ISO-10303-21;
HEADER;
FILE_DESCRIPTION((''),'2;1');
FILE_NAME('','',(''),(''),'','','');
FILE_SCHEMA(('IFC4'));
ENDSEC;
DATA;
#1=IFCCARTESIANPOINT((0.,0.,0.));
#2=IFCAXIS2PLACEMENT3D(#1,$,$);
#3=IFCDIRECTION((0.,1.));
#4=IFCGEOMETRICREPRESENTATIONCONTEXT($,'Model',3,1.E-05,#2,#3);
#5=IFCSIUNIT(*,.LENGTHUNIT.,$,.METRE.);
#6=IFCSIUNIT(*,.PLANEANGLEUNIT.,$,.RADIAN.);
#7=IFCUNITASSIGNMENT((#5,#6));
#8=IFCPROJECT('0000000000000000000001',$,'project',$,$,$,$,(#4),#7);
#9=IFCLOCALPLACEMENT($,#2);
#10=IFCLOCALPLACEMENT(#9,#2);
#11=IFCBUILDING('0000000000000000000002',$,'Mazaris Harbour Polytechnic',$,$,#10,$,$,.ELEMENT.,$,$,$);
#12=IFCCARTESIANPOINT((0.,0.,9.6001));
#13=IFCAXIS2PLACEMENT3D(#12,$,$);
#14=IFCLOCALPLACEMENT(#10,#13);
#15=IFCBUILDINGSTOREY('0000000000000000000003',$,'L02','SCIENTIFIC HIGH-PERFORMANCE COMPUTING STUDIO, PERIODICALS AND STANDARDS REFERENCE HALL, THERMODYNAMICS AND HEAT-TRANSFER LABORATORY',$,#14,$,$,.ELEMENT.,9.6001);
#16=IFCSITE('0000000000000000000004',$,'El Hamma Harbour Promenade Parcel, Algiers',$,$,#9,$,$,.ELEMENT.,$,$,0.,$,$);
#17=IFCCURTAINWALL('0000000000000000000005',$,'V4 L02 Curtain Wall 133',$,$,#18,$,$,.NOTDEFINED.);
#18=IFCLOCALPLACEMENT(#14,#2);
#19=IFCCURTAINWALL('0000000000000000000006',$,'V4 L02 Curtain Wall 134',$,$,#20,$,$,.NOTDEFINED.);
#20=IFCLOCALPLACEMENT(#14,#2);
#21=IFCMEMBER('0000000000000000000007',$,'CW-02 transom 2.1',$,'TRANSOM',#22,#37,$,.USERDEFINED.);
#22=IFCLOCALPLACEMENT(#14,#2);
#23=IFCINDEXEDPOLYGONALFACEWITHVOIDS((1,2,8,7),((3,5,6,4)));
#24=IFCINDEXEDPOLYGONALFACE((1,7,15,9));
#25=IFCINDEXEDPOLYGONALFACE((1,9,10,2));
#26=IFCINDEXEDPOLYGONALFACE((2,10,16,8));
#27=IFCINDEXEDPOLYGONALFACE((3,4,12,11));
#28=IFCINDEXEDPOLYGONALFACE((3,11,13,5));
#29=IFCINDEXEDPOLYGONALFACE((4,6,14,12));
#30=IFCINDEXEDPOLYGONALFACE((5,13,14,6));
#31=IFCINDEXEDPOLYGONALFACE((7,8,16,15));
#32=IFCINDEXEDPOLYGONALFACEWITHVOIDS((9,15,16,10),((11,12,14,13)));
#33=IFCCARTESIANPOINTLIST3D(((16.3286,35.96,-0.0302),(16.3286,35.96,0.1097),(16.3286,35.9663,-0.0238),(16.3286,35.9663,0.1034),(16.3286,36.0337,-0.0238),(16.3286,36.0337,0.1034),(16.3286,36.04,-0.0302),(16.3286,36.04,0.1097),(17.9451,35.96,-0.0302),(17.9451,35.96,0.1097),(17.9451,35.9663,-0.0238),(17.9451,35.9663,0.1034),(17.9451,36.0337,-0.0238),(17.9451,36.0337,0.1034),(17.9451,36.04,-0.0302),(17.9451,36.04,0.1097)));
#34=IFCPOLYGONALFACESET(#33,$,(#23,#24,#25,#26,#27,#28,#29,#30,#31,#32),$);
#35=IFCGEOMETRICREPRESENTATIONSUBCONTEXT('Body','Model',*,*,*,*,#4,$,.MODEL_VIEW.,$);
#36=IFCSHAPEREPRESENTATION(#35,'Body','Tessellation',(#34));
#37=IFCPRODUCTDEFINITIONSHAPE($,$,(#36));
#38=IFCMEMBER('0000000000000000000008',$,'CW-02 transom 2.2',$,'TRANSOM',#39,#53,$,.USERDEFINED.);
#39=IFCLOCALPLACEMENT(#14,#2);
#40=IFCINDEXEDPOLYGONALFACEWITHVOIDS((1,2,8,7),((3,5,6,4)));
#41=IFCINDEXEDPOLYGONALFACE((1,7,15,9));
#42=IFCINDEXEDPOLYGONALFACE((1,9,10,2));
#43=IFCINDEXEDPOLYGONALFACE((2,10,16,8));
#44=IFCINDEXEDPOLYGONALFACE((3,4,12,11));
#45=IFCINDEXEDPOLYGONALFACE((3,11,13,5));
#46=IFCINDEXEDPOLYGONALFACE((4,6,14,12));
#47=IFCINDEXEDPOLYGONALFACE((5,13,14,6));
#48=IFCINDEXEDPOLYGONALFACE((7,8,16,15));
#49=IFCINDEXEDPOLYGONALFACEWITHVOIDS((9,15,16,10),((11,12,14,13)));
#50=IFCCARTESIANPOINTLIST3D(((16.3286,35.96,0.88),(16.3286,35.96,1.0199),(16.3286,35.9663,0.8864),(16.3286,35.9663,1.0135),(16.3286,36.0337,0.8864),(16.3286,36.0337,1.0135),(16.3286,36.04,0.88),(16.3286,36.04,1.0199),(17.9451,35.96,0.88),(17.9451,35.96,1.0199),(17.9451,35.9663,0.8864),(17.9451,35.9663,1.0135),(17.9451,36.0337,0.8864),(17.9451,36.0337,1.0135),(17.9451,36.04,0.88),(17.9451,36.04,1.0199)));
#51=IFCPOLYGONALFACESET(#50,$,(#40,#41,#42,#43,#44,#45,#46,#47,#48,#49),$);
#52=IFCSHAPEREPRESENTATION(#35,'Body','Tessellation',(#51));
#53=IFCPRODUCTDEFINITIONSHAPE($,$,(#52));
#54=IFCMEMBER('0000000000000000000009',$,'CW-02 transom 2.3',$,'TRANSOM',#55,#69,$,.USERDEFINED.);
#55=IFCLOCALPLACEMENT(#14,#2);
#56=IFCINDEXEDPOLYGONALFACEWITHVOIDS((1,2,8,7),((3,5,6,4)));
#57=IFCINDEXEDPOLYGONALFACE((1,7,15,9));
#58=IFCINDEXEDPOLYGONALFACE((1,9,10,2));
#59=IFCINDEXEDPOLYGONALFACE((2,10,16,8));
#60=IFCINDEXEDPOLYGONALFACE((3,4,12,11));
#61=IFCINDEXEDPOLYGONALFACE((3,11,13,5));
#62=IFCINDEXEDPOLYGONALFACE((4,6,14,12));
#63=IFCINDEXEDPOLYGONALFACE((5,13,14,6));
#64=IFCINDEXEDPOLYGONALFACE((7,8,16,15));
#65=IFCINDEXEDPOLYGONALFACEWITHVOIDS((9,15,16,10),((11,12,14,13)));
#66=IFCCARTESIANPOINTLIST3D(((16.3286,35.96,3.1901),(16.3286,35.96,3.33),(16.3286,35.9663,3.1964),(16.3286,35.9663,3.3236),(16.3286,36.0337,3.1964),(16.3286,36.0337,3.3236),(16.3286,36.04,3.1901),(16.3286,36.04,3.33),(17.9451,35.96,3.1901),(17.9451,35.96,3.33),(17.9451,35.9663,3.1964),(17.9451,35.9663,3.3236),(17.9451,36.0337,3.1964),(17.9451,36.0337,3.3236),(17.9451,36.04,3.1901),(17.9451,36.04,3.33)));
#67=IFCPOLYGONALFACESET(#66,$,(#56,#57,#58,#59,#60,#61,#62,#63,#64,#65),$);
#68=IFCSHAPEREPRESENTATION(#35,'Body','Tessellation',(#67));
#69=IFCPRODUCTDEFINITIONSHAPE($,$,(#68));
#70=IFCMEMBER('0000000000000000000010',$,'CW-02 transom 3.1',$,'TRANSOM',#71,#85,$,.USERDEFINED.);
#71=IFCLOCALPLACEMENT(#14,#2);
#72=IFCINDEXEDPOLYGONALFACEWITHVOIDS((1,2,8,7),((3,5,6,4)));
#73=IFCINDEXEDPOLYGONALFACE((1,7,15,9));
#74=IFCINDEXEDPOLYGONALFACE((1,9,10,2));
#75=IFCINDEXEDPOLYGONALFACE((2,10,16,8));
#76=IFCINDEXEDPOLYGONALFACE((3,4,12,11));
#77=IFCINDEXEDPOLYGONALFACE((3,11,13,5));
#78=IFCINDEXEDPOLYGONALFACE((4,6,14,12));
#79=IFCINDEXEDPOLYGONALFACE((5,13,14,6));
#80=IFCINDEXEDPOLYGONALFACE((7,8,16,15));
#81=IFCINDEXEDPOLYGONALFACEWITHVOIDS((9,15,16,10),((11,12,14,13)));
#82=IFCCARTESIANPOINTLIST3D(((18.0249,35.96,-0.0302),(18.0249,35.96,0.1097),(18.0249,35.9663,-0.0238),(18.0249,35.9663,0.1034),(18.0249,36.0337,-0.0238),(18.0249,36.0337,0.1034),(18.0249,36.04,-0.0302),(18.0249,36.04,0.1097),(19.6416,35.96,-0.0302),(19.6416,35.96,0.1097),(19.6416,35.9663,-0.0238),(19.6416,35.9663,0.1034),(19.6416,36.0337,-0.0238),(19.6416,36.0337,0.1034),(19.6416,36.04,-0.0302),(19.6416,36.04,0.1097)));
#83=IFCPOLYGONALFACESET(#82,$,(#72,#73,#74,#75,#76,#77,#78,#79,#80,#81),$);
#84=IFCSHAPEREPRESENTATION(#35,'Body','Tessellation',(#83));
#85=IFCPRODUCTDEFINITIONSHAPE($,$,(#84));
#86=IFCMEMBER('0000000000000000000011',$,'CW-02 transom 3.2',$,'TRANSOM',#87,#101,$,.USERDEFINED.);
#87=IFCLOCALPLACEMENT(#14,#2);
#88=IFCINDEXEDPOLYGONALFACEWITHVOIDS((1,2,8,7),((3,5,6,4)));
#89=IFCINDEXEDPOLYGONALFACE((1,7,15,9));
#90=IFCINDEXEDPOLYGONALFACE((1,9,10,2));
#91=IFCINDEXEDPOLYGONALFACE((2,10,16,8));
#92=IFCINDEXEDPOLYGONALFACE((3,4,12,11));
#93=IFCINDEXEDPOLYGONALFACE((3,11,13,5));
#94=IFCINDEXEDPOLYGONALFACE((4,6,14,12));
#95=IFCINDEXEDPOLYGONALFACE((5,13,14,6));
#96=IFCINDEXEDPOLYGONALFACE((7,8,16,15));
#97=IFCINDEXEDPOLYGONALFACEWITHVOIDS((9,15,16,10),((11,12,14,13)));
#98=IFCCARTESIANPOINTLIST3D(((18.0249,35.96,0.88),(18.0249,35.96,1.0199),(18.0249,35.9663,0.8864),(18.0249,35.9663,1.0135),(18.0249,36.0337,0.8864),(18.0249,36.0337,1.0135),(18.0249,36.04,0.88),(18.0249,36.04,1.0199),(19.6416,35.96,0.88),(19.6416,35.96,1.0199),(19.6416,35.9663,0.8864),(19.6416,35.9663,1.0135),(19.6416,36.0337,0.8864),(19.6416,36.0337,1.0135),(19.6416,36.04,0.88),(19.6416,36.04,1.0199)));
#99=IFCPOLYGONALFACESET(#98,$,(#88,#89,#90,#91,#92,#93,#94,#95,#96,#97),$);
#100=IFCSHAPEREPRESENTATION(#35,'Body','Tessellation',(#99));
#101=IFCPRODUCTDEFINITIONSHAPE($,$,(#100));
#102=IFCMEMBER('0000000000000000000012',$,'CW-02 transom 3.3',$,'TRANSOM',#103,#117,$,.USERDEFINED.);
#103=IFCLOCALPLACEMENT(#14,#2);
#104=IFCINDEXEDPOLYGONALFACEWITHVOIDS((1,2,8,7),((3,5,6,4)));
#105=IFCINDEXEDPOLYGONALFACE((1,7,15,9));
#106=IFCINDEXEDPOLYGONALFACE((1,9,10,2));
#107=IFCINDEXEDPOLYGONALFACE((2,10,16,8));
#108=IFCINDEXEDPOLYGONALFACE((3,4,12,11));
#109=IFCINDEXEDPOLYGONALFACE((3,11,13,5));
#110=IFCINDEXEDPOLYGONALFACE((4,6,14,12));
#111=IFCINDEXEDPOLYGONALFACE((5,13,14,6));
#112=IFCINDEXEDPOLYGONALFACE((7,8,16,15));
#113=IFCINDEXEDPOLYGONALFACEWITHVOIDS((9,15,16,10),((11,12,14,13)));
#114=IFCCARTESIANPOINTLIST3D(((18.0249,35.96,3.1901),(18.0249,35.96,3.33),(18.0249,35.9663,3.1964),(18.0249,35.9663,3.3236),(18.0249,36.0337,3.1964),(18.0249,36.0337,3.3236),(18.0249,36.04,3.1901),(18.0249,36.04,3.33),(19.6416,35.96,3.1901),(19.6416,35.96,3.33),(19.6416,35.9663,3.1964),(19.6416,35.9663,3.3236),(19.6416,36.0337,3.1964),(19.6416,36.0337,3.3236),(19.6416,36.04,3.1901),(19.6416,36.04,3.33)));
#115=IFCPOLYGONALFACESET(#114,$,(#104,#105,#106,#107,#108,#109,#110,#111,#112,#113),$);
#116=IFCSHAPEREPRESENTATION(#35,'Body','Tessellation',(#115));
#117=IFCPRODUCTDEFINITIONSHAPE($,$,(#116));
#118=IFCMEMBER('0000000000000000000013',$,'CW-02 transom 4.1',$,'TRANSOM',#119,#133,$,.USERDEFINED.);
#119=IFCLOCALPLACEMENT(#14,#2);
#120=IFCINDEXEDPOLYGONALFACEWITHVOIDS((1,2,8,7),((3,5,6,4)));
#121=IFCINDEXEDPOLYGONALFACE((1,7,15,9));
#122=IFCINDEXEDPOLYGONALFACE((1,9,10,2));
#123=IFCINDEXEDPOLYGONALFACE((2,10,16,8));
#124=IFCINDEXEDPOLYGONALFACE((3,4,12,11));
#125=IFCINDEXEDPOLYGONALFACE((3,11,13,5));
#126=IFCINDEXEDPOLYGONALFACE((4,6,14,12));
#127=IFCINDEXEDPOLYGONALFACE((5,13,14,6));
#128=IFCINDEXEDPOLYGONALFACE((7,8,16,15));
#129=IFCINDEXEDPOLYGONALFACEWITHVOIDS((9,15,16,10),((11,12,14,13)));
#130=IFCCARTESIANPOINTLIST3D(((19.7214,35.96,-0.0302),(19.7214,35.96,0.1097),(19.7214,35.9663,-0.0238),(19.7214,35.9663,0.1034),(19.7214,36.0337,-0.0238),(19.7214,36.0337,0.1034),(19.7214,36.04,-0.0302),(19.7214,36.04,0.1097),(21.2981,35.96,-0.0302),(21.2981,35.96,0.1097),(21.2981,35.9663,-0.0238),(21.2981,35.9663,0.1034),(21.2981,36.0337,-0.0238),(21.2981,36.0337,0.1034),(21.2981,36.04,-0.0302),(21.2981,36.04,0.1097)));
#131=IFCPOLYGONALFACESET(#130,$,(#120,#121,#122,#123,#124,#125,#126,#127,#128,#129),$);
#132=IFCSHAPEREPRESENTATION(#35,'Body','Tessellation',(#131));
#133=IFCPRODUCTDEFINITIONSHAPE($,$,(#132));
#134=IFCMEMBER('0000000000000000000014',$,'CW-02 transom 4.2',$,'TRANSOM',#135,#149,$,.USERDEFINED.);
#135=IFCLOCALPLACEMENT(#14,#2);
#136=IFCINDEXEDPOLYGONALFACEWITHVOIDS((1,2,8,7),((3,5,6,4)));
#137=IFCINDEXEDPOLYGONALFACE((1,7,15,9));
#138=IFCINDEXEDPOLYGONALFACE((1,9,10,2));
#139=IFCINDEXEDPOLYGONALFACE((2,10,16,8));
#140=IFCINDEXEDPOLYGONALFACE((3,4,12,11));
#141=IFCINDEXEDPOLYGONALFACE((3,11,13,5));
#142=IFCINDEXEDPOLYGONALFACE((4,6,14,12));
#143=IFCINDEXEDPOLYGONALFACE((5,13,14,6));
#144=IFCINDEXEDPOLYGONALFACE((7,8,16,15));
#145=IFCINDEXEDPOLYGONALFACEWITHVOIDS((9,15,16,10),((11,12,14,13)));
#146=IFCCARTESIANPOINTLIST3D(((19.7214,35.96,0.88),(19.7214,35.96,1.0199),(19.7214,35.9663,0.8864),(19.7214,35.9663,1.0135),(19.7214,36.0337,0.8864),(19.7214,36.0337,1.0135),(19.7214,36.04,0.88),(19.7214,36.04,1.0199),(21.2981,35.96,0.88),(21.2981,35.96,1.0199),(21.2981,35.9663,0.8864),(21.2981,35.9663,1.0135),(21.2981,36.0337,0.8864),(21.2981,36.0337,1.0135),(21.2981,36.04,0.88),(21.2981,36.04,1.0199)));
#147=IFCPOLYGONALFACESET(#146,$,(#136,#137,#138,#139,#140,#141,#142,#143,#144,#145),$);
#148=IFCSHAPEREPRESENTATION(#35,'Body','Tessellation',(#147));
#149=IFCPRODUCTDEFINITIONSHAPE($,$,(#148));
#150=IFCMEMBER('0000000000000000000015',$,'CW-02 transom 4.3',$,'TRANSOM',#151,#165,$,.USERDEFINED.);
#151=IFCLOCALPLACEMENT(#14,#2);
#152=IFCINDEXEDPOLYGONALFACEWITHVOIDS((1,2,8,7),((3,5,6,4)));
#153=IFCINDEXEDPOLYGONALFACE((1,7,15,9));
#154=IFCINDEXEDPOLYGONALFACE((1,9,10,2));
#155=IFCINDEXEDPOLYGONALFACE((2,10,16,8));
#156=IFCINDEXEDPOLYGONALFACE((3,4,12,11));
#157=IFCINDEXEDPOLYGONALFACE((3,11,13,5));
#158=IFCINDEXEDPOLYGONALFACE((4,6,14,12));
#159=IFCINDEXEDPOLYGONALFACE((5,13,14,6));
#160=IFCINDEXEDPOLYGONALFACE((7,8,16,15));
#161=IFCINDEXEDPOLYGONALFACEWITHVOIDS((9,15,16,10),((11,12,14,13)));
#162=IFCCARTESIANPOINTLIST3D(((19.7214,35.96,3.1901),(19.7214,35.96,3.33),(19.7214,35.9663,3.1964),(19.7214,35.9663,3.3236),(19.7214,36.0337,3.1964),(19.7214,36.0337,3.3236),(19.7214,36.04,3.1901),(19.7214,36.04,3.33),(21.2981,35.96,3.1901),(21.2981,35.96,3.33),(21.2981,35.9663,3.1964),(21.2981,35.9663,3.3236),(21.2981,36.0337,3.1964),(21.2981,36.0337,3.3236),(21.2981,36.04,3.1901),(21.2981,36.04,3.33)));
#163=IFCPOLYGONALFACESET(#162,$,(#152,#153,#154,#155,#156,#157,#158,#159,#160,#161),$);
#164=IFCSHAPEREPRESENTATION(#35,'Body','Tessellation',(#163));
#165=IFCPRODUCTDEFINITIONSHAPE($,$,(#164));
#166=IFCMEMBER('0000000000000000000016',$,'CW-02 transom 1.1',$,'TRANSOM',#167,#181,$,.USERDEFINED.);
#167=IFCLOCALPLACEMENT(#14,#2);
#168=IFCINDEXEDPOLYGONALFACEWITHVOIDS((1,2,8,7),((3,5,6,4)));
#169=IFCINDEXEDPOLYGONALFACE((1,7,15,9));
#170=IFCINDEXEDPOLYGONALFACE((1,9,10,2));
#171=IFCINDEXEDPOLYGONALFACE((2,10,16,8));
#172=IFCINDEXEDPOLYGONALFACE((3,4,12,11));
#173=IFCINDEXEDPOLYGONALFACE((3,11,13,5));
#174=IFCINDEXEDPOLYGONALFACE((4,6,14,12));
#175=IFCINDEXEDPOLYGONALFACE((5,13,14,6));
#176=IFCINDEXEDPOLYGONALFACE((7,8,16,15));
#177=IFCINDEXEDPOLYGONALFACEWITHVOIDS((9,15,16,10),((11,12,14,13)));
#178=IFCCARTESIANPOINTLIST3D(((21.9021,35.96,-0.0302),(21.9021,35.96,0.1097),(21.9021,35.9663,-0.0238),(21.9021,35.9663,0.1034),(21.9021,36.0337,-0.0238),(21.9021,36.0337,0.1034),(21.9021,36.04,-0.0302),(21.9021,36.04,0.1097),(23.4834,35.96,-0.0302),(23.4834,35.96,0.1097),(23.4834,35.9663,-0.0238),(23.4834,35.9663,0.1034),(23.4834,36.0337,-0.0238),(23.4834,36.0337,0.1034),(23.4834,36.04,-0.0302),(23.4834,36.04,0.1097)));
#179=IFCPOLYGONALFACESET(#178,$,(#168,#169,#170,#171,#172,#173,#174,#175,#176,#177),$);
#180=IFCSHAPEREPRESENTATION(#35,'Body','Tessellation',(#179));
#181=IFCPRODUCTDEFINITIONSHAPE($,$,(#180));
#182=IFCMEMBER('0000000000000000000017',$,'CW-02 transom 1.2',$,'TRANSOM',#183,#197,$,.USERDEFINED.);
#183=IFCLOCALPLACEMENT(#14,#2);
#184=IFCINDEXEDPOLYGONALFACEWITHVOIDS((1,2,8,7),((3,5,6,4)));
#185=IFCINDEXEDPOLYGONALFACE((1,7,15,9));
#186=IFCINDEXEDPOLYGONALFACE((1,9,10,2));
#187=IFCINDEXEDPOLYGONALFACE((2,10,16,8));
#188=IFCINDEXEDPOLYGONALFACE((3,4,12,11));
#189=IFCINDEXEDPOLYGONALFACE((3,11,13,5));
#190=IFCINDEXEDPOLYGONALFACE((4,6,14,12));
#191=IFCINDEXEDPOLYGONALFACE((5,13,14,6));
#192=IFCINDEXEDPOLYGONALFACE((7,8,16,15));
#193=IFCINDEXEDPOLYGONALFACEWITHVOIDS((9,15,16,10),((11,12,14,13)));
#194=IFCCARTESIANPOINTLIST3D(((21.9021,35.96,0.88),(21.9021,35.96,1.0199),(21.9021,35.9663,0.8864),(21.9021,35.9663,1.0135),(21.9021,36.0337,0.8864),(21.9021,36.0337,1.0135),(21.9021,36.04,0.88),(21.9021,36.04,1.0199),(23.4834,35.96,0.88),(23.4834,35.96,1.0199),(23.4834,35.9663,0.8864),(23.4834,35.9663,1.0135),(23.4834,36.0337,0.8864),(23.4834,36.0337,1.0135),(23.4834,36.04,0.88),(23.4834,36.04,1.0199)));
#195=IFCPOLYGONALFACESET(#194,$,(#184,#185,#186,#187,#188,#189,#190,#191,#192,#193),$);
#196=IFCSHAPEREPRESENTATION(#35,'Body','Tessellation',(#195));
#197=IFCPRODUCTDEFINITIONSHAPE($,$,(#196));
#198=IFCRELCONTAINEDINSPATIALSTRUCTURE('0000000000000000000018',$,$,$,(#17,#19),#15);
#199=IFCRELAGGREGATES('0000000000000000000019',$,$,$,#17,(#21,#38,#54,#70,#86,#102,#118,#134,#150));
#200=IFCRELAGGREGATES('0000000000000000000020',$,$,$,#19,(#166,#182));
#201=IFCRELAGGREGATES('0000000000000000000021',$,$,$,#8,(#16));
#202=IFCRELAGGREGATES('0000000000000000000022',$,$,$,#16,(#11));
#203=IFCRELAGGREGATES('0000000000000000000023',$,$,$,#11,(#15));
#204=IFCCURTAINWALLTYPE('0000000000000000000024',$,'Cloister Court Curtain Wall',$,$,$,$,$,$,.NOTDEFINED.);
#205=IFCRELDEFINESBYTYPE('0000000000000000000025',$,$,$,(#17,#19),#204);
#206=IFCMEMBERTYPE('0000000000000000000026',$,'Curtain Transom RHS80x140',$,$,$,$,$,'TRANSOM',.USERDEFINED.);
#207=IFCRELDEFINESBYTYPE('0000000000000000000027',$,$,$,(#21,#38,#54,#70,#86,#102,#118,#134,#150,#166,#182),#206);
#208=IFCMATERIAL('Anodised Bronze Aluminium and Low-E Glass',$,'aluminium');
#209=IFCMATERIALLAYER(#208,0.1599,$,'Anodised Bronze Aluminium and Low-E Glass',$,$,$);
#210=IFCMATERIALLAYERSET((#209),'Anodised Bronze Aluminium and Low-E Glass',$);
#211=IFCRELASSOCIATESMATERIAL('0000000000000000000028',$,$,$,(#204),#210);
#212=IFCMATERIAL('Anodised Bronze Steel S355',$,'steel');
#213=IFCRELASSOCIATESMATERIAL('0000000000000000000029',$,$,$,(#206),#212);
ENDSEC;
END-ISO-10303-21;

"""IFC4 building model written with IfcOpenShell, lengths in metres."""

from ifc_helpers import new_model, si_unit, direction, frame, origin, origin_2d, place, context, subcontext, project, spatial, hollow_rectangle, extrude, material, layer, layer_set, material_profile, profile_set, type_object, element, aggregate, save


model = new_model("IFC4")

# Units and contexts
model_context = context("Model", 3, precision=1e-05, world=origin(), true_north=direction((0.0, 1.0)))
body_context = subcontext(model_context, "Body", "Model", "MODEL_VIEW")
ifc_project = project(units=[si_unit("LENGTHUNIT", "METRE"), si_unit("PLANEANGLEUNIT", "RADIAN")], contexts=[model_context])

# Site, building, storey
site_placement = place(None, origin())
site = spatial("IfcSite", under=ifc_project, at=site_placement, Name="El Hamma Harbour Promenade Parcel, Algiers", CompositionType="ELEMENT", RefElevation=0.0)
building_placement = place(site_placement, origin())
building = spatial("IfcBuilding", under=site, at=building_placement, Name="Mazaris Harbour Polytechnic", CompositionType="ELEMENT")
storey_placement = place(building_placement, frame((0.0, 0.0, 9.6001)))
storey = spatial("IfcBuildingStorey", under=building, at=storey_placement, Name="L02", Description="SCIENTIFIC HIGH-PERFORMANCE COMPUTING STUDIO, PERIODICALS AND STANDARDS REFERENCE HALL, THERMODYNAMICS AND HEAT-TRANSFER LABORATORY", CompositionType="ELEMENT", Elevation=9.6001)

# Curtain walls
ifc_material_1 = material(Name="Anodised Bronze Aluminium and Low-E Glass", Category="aluminium")
ifc_layer_1 = layer(ifc_material_1, 0.1599, Name="Anodised Bronze Aluminium and Low-E Glass")
ifc_layer_set_1 = layer_set([ifc_layer_1], Name="Anodised Bronze Aluminium and Low-E Glass")
curtain_wall_type = type_object("IfcCurtainWallType", Name="Cloister Court Curtain Wall", PredefinedType="NOTDEFINED", material=ifc_layer_set_1)
curtain_wall_1_placement = place(storey_placement, origin())
curtain_wall_1 = element("IfcCurtainWall", 1, at=curtain_wall_1_placement, inside=storey, type_object=curtain_wall_type, Name="V4 L02 Curtain Wall 133", PredefinedType="NOTDEFINED")
curtain_wall_2_placement = place(storey_placement, origin())
curtain_wall_2 = element("IfcCurtainWall", 2, at=curtain_wall_2_placement, inside=storey, type_object=curtain_wall_type, Name="V4 L02 Curtain Wall 134", PredefinedType="NOTDEFINED")

# Members
ifc_material_2 = material(Name="Anodised Bronze Steel S355", Category="steel")
ifc_material_profile_1 = material_profile(ifc_material_2, hollow_rectangle(XDim=0.0801, YDim=0.1399, WallThickness=0.0063, at=origin_2d()), Name="RHS 80x140x6.3")
ifc_profile_set_1 = profile_set([ifc_material_profile_1], Name="Anodised Bronze Steel S355")
member_type_1 = type_object("IfcMemberType", Name="Curtain Transom RHS80x140", ElementType="TRANSOM", PredefinedType="USERDEFINED", material=ifc_profile_set_1)
member_1_placement = place(storey_placement, frame((16.3286, 36.0, 0.0398), z_axis=(1.0, 0.0, 0.0), x_axis=(0.0, 1.0, 0.0)))
member_1 = element("IfcMember", 3, at=member_1_placement, type_object=member_type_1, Name="CW-02 transom 2.1", ObjectType="TRANSOM", PredefinedType="USERDEFINED", context=body_context, shape_type="SweptSolid", body=[
    extrude(hollow_rectangle(XDim=0.0801, YDim=0.1399, WallThickness=0.0063, at=origin_2d()), origin(), (0.0, 0.0, 1.0), 1.6165),
])
member_2_placement = place(storey_placement, frame((16.3286, 36.0, 0.95), z_axis=(1.0, 0.0, 0.0), x_axis=(0.0, 1.0, 0.0)))
member_2 = element("IfcMember", 4, at=member_2_placement, type_object=member_type_1, Name="CW-02 transom 2.2", ObjectType="TRANSOM", PredefinedType="USERDEFINED", context=body_context, shape_type="SweptSolid", body=[
    extrude(hollow_rectangle(XDim=0.0801, YDim=0.1399, WallThickness=0.0063, at=origin_2d()), origin(), (0.0, 0.0, 1.0), 1.6165),
])
member_3_placement = place(storey_placement, frame((16.3286, 36.0, 3.26), z_axis=(1.0, 0.0, 0.0), x_axis=(0.0, 1.0, 0.0)))
member_3 = element("IfcMember", 5, at=member_3_placement, type_object=member_type_1, Name="CW-02 transom 2.3", ObjectType="TRANSOM", PredefinedType="USERDEFINED", context=body_context, shape_type="SweptSolid", body=[
    extrude(hollow_rectangle(XDim=0.0801, YDim=0.1399, WallThickness=0.0063, at=origin_2d()), origin(), (0.0, 0.0, 1.0), 1.6165),
])
member_4_placement = place(storey_placement, frame((18.0249, 36.0, 0.0398), z_axis=(1.0, 0.0, 0.0), x_axis=(0.0, 1.0, 0.0)))
member_4 = element("IfcMember", 6, at=member_4_placement, type_object=member_type_1, Name="CW-02 transom 3.1", ObjectType="TRANSOM", PredefinedType="USERDEFINED", context=body_context, shape_type="SweptSolid", body=[
    extrude(hollow_rectangle(XDim=0.0801, YDim=0.1399, WallThickness=0.0063, at=origin_2d()), origin(), (0.0, 0.0, 1.0), 1.6167),
])
member_5_placement = place(storey_placement, frame((18.0249, 36.0, 0.95), z_axis=(1.0, 0.0, 0.0), x_axis=(0.0, 1.0, 0.0)))
member_5 = element("IfcMember", 7, at=member_5_placement, type_object=member_type_1, Name="CW-02 transom 3.2", ObjectType="TRANSOM", PredefinedType="USERDEFINED", context=body_context, shape_type="SweptSolid", body=[
    extrude(hollow_rectangle(XDim=0.0801, YDim=0.1399, WallThickness=0.0063, at=origin_2d()), origin(), (0.0, 0.0, 1.0), 1.6167),
])
member_6_placement = place(storey_placement, frame((18.0249, 36.0, 3.26), z_axis=(1.0, 0.0, 0.0), x_axis=(0.0, 1.0, 0.0)))
member_6 = element("IfcMember", 8, at=member_6_placement, type_object=member_type_1, Name="CW-02 transom 3.3", ObjectType="TRANSOM", PredefinedType="USERDEFINED", context=body_context, shape_type="SweptSolid", body=[
    extrude(hollow_rectangle(XDim=0.0801, YDim=0.1399, WallThickness=0.0063, at=origin_2d()), origin(), (0.0, 0.0, 1.0), 1.6167),
])
member_7_placement = place(storey_placement, frame((19.7214, 36.0, 0.0398), z_axis=(1.0, 0.0, 0.0), x_axis=(0.0, 1.0, 0.0)))
member_7 = element("IfcMember", 9, at=member_7_placement, type_object=member_type_1, Name="CW-02 transom 4.1", ObjectType="TRANSOM", PredefinedType="USERDEFINED", context=body_context, shape_type="SweptSolid", body=[
    extrude(hollow_rectangle(XDim=0.0801, YDim=0.1399, WallThickness=0.0063, at=origin_2d()), origin(), (0.0, 0.0, 1.0), 1.5767),
])
member_8_placement = place(storey_placement, frame((19.7214, 36.0, 0.95), z_axis=(1.0, 0.0, 0.0), x_axis=(0.0, 1.0, 0.0)))
member_8 = element("IfcMember", 10, at=member_8_placement, type_object=member_type_1, Name="CW-02 transom 4.2", ObjectType="TRANSOM", PredefinedType="USERDEFINED", context=body_context, shape_type="SweptSolid", body=[
    extrude(hollow_rectangle(XDim=0.0801, YDim=0.1399, WallThickness=0.0063, at=origin_2d()), origin(), (0.0, 0.0, 1.0), 1.5767),
])
member_9_placement = place(storey_placement, frame((19.7214, 36.0, 3.26), z_axis=(1.0, 0.0, 0.0), x_axis=(0.0, 1.0, 0.0)))
member_9 = element("IfcMember", 11, at=member_9_placement, type_object=member_type_1, Name="CW-02 transom 4.3", ObjectType="TRANSOM", PredefinedType="USERDEFINED", context=body_context, shape_type="SweptSolid", body=[
    extrude(hollow_rectangle(XDim=0.0801, YDim=0.1399, WallThickness=0.0063, at=origin_2d()), origin(), (0.0, 0.0, 1.0), 1.5767),
])
member_10_placement = place(storey_placement, frame((21.9021, 36.0, 0.0398), z_axis=(1.0, 0.0, 0.0), x_axis=(0.0, 1.0, 0.0)))
member_10 = element("IfcMember", 12, at=member_10_placement, type_object=member_type_1, Name="CW-02 transom 1.1", ObjectType="TRANSOM", PredefinedType="USERDEFINED", context=body_context, shape_type="SweptSolid", body=[
    extrude(hollow_rectangle(XDim=0.0801, YDim=0.1399, WallThickness=0.0063, at=origin_2d()), origin(), (0.0, 0.0, 1.0), 1.5813),
])
member_11_placement = place(storey_placement, frame((21.9021, 36.0, 0.95), z_axis=(1.0, 0.0, 0.0), x_axis=(0.0, 1.0, 0.0)))
member_11 = element("IfcMember", 13, at=member_11_placement, type_object=member_type_1, Name="CW-02 transom 1.2", ObjectType="TRANSOM", PredefinedType="USERDEFINED", context=body_context, shape_type="SweptSolid", body=[
    extrude(hollow_rectangle(XDim=0.0801, YDim=0.1399, WallThickness=0.0063, at=origin_2d()), origin(), (0.0, 0.0, 1.0), 1.5813),
])

aggregate(curtain_wall_1, [member_1, member_2, member_3, member_4, member_5, member_6, member_7, member_8, member_9])
aggregate(curtain_wall_2, [member_10, member_11])

save(model, "model.ifc")
